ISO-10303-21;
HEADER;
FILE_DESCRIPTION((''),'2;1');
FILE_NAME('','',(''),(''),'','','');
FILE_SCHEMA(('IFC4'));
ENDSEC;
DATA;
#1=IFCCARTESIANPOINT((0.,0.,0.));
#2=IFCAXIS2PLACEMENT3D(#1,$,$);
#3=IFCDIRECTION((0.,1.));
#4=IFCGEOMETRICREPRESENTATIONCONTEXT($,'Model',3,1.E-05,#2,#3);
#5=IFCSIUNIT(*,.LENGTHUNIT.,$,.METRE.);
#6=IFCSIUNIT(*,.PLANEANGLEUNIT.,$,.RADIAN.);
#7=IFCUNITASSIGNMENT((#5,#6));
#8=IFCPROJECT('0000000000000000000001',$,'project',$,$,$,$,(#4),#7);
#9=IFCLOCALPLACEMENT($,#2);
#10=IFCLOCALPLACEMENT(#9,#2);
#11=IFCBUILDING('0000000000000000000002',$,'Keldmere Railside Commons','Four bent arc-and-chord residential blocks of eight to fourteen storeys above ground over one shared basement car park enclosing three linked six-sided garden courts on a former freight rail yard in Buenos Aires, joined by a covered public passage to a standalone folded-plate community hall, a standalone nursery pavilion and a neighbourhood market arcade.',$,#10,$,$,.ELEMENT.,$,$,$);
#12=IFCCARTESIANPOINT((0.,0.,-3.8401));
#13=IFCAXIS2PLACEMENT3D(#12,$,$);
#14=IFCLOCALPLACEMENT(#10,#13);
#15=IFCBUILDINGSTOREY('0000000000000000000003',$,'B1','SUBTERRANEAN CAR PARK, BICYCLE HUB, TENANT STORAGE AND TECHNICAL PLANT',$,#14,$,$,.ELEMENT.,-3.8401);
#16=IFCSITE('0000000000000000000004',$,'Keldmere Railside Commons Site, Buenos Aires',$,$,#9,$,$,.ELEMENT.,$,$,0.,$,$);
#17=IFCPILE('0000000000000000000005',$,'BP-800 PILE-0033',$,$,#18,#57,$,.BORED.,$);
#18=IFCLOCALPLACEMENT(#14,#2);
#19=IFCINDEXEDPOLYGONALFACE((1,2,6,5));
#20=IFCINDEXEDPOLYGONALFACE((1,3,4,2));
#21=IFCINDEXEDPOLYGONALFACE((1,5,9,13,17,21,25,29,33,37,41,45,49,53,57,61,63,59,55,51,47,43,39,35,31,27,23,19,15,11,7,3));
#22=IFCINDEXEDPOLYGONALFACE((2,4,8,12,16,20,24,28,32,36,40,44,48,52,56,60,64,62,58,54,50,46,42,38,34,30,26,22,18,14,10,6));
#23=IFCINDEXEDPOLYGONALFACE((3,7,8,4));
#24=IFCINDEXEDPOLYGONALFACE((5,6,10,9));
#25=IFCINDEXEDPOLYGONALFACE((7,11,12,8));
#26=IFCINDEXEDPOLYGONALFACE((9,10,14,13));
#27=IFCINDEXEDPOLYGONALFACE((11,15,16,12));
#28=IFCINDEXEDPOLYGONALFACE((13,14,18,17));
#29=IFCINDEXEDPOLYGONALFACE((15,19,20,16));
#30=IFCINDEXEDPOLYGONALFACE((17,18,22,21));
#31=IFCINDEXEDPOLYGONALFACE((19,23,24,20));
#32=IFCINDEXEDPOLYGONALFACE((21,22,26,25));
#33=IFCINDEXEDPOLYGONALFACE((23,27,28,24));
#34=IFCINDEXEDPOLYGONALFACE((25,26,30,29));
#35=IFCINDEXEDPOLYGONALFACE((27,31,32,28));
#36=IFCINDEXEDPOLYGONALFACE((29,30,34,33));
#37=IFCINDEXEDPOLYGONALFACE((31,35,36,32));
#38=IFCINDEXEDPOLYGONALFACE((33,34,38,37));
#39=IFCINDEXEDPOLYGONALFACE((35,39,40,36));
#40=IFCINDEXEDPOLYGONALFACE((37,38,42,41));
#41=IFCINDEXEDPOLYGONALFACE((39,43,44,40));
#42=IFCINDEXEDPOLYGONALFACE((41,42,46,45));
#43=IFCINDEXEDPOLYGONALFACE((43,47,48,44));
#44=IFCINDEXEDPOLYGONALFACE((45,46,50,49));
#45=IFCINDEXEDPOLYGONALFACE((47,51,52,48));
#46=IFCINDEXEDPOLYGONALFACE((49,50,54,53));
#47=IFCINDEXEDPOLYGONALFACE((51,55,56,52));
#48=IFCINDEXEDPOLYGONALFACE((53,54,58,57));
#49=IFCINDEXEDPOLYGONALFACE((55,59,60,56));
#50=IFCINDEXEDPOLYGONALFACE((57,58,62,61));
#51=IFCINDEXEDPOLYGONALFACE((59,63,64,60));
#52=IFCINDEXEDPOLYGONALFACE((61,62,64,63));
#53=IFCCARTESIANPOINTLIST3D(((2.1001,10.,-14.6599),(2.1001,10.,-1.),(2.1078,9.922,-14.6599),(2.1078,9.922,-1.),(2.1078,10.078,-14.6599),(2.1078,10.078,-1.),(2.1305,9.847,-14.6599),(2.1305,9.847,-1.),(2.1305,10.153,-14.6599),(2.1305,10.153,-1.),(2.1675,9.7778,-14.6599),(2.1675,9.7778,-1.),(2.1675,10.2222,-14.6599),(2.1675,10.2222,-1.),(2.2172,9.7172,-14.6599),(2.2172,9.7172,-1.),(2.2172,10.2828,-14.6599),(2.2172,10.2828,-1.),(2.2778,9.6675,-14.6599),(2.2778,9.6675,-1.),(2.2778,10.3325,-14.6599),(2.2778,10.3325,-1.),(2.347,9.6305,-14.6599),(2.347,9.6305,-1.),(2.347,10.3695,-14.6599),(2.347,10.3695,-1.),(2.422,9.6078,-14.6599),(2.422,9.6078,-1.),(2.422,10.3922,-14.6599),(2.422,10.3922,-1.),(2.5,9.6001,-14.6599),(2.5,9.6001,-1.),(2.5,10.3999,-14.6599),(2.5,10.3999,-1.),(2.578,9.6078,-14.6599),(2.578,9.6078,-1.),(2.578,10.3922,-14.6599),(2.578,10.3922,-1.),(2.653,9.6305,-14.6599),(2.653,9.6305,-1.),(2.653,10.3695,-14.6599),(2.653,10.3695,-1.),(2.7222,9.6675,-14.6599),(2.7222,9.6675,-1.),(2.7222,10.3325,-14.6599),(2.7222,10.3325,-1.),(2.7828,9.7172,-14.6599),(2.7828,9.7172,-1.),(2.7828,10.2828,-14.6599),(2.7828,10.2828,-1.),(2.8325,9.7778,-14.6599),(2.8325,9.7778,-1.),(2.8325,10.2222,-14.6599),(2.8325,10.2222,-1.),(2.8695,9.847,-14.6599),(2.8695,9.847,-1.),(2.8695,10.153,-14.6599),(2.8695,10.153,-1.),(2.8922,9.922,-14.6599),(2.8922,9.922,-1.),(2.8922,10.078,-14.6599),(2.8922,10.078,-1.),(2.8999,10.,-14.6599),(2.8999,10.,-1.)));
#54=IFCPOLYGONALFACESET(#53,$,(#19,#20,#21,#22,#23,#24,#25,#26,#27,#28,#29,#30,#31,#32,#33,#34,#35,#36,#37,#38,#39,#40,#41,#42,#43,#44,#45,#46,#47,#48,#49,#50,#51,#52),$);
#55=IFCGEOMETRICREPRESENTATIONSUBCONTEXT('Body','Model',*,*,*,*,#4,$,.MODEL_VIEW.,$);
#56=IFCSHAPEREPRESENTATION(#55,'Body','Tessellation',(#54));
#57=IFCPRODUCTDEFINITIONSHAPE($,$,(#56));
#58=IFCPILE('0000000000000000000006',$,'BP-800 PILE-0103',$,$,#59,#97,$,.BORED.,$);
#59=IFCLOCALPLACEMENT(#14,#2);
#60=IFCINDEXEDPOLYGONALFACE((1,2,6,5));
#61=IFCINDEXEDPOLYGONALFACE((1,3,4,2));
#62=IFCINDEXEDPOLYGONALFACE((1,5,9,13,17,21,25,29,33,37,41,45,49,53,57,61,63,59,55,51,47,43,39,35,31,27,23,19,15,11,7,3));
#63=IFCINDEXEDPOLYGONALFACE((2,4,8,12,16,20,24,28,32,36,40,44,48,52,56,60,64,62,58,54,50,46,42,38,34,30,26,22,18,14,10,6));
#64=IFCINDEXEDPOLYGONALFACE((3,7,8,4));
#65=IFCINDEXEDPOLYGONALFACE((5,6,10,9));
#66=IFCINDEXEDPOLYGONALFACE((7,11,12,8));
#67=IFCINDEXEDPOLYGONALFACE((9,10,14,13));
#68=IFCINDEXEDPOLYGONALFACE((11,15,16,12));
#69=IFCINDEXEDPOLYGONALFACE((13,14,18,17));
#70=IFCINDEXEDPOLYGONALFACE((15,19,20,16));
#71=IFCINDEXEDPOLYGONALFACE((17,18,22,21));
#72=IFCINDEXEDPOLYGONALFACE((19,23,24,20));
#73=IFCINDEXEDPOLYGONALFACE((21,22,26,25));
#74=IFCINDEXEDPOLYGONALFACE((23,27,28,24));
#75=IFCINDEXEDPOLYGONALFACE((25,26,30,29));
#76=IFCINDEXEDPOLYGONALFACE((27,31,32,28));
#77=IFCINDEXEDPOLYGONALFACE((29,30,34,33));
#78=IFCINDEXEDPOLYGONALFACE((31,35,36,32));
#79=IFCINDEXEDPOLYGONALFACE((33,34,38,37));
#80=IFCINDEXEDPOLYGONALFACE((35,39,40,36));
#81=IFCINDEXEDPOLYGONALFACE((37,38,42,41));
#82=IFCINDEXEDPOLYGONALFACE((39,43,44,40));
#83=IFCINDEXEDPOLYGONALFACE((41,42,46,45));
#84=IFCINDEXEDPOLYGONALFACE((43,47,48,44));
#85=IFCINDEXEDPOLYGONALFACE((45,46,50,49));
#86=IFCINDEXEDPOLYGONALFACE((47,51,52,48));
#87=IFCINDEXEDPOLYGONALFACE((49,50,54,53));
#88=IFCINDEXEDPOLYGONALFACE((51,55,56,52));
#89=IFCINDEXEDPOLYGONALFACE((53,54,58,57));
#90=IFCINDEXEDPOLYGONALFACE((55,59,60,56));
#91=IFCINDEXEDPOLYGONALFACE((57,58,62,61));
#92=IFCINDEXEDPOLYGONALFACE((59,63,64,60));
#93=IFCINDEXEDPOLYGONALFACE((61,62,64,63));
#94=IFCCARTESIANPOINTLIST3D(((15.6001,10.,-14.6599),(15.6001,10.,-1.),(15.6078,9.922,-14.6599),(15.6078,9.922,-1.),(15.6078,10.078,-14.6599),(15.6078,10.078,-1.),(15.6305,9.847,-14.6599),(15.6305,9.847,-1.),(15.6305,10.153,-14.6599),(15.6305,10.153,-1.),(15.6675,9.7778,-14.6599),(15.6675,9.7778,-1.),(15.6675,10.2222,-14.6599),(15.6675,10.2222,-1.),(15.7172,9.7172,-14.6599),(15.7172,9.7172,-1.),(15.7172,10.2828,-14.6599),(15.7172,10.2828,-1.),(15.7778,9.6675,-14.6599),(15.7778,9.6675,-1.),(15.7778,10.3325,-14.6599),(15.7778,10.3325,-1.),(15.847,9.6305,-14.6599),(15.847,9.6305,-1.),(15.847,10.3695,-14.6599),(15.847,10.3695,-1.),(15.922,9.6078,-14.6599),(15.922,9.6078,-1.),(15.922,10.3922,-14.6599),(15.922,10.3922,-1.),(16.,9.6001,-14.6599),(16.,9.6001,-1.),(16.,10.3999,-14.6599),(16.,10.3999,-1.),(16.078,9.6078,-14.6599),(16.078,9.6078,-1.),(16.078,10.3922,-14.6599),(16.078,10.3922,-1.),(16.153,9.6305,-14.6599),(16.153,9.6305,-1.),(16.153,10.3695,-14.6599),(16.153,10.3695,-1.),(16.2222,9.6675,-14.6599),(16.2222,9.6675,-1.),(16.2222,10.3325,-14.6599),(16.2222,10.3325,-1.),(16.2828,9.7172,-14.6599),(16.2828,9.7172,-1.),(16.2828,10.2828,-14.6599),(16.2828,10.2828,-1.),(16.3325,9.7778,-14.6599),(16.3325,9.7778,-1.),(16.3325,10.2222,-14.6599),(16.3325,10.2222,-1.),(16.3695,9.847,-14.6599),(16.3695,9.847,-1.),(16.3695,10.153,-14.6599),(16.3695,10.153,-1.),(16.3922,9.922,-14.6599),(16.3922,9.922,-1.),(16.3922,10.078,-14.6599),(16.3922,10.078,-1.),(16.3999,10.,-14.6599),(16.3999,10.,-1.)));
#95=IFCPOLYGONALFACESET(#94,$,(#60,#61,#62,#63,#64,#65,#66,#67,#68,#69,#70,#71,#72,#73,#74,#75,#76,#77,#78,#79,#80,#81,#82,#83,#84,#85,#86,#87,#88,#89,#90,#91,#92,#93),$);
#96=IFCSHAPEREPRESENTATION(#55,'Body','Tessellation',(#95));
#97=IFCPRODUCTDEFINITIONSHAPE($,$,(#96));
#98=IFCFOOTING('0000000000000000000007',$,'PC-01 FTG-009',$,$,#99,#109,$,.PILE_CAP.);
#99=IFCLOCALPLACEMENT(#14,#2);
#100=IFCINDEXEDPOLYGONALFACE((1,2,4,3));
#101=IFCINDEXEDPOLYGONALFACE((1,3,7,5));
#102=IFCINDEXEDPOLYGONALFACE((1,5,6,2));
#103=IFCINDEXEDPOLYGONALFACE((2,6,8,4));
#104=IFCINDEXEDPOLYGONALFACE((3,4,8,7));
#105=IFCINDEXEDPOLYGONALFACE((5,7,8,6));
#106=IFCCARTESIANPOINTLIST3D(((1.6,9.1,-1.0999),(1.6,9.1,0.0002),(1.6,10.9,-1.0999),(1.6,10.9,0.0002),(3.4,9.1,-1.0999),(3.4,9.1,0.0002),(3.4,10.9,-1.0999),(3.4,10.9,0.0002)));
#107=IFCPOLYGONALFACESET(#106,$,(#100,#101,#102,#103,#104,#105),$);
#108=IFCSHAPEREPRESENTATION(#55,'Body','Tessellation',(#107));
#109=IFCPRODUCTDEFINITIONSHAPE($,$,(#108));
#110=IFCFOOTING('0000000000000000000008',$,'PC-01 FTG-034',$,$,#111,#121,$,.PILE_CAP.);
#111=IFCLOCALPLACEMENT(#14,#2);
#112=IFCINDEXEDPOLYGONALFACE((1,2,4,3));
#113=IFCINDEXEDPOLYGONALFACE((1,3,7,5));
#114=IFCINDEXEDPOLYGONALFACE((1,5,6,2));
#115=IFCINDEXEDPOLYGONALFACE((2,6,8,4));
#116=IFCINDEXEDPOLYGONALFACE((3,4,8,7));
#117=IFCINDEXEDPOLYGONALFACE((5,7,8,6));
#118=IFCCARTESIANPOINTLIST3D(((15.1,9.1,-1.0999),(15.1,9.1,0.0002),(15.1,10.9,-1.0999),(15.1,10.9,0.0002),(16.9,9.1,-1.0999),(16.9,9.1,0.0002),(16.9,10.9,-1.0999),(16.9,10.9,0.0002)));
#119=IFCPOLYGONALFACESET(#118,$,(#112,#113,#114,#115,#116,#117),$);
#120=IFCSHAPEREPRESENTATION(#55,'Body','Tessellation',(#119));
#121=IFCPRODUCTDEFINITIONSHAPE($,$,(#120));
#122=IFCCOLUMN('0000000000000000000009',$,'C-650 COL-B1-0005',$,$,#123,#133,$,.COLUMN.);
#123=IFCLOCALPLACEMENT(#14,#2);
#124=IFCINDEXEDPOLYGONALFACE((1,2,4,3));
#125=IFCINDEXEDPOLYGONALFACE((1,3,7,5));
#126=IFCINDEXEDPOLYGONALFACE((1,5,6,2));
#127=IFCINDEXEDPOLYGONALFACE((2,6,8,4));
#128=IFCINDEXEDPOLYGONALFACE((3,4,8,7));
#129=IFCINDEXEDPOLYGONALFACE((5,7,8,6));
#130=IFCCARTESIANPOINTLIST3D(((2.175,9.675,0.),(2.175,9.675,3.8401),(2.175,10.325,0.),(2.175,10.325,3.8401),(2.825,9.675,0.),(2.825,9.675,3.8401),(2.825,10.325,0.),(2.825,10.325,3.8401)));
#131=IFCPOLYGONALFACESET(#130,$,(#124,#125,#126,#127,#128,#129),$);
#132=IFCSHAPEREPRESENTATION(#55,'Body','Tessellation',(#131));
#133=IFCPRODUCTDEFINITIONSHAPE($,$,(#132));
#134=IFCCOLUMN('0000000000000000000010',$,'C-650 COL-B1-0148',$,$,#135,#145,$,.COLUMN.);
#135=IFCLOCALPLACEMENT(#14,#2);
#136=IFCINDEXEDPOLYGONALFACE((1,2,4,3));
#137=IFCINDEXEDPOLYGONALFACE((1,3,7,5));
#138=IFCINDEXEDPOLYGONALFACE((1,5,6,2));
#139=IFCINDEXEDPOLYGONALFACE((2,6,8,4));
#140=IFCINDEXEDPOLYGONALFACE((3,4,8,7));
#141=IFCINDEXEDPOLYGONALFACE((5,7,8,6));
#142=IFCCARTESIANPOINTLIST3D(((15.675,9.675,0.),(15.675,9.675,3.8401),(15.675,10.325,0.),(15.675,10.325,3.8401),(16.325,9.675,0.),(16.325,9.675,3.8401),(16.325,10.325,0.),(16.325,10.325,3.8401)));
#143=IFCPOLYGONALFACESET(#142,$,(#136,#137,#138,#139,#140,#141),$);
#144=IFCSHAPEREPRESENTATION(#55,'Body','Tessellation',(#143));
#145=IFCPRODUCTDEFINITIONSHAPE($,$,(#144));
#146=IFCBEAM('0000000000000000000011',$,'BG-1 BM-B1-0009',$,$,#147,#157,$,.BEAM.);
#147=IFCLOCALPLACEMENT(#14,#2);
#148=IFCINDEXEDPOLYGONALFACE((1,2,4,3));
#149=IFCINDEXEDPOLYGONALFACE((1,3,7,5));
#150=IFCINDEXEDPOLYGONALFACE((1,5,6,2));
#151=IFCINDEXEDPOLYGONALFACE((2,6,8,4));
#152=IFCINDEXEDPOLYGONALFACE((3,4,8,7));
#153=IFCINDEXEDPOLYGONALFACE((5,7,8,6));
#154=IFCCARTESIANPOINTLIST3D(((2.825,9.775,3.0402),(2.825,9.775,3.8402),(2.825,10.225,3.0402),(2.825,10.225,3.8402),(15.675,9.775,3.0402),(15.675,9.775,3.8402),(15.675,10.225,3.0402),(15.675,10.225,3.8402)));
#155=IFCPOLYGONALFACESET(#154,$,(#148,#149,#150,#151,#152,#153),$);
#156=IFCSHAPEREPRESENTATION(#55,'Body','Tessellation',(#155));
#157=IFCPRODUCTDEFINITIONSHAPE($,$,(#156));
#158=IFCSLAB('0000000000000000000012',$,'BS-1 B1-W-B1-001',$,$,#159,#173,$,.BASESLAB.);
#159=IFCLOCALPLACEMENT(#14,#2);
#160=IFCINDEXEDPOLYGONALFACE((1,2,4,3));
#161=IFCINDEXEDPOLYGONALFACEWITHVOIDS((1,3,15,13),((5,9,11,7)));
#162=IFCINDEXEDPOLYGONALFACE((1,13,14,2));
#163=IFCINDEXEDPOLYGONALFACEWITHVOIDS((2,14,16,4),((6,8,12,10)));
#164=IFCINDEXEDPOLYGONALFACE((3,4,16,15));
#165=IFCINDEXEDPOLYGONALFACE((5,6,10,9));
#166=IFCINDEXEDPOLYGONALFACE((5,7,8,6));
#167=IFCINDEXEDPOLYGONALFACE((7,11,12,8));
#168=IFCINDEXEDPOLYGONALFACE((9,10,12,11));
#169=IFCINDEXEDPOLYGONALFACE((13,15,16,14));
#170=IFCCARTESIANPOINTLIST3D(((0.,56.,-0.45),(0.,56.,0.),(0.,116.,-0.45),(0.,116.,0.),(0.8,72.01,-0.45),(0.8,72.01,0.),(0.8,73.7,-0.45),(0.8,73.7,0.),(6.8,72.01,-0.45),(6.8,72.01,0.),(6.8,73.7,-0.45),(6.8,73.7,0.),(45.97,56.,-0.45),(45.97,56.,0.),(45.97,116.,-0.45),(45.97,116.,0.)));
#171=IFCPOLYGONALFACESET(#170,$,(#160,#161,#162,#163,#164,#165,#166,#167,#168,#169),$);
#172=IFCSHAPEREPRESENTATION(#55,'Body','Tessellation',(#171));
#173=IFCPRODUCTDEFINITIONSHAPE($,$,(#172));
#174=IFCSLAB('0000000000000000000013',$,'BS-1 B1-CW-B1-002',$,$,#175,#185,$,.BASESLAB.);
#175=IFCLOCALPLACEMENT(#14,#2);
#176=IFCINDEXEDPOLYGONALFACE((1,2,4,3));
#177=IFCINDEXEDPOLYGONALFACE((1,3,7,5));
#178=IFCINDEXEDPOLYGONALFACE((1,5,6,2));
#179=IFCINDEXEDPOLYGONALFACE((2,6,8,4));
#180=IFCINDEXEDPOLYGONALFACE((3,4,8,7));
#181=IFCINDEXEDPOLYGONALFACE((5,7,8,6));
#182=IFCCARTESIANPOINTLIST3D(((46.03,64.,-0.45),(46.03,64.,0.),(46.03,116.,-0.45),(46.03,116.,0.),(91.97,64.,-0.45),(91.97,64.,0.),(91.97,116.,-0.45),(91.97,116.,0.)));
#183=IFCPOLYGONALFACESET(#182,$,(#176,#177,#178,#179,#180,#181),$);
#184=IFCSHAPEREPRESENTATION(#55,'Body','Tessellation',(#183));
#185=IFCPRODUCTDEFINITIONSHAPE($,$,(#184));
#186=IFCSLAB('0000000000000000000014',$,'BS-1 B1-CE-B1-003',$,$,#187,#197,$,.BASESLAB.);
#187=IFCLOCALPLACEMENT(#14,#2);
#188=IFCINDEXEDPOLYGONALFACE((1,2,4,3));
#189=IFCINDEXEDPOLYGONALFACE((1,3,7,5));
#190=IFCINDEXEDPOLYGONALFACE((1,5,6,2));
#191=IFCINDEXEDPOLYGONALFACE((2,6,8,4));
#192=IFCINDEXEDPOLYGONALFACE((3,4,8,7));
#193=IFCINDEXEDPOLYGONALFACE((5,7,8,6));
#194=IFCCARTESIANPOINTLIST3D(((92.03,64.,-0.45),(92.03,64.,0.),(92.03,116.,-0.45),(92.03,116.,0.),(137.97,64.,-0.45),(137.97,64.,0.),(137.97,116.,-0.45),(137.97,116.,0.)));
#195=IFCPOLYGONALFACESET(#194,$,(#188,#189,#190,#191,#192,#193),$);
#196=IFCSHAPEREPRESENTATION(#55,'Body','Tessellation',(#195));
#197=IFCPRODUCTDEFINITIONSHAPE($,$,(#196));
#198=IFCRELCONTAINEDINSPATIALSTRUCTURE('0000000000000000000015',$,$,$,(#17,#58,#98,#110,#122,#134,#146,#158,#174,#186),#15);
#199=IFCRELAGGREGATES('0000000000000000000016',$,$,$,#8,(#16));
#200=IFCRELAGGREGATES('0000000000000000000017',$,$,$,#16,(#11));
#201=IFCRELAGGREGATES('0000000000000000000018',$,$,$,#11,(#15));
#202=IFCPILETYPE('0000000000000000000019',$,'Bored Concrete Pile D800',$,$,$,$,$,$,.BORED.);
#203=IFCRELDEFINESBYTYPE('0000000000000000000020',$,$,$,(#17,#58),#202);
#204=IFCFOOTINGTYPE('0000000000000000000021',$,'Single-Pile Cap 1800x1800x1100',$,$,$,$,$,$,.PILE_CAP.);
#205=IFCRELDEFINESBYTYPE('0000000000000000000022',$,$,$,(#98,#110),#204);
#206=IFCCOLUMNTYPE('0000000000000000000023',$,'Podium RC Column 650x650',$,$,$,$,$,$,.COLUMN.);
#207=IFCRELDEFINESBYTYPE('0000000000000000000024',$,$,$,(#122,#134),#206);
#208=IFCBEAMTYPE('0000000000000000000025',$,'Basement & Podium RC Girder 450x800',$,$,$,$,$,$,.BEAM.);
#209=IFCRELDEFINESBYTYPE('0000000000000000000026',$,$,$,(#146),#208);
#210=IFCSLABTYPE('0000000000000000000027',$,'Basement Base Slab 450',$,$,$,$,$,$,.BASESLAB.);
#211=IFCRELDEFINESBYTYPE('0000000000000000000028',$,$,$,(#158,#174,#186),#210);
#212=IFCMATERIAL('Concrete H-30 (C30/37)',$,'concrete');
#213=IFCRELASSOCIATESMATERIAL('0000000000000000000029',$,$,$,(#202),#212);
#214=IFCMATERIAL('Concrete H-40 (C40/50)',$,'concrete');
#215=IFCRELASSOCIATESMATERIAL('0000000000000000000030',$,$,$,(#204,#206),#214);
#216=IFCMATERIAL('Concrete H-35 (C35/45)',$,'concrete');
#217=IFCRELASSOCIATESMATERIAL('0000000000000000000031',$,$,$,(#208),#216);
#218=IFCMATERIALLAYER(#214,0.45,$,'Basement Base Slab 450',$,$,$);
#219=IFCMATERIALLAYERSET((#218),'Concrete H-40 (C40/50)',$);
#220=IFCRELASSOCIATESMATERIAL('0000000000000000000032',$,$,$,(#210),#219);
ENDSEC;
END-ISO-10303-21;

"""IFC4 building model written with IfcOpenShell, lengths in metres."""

from ifc_helpers import new_model, si_unit, direction, frame, origin, origin_2d, place, context, subcontext, project, spatial, polyline, rectangle, circle, outline, extrude, material, layer, layer_set, material_profile, profile_set, type_object, element, save


model = new_model("IFC4")

# Units and contexts
model_context = context("Model", 3, precision=1e-05, world=origin(), true_north=direction((0.0, 1.0)))
body_context = subcontext(model_context, "Body", "Model", "MODEL_VIEW")
ifc_project = project(units=[si_unit("LENGTHUNIT", "METRE"), si_unit("PLANEANGLEUNIT", "RADIAN")], contexts=[model_context])

# Site, building, storey
site_placement = place(None, origin())
site = spatial("IfcSite", under=ifc_project, at=site_placement, Name="Keldmere Railside Commons Site, Buenos Aires", CompositionType="ELEMENT", RefElevation=0.0)
building_placement = place(site_placement, origin())
building = spatial("IfcBuilding", under=site, at=building_placement, Name="Keldmere Railside Commons", Description="Four bent arc-and-chord residential blocks of eight to fourteen storeys above ground over one shared basement car park enclosing three linked six-sided garden courts on a former freight rail yard in Buenos Aires, joined by a covered public passage to a standalone folded-plate community hall, a standalone nursery pavilion and a neighbourhood market arcade.", CompositionType="ELEMENT")
storey_placement = place(building_placement, frame((0.0, 0.0, -3.8401)))
storey = spatial("IfcBuildingStorey", under=building, at=storey_placement, Name="B1", Description="SUBTERRANEAN CAR PARK, BICYCLE HUB, TENANT STORAGE AND TECHNICAL PLANT", CompositionType="ELEMENT", Elevation=-3.8401)

# Piles
ifc_material_1 = material(Name="Concrete H-30 (C30/37)", Category="concrete")
ifc_material_profile_1 = material_profile(ifc_material_1, circle(Radius=0.3999, at=origin_2d()), Name="PILE-D800")
ifc_profile_set_1 = profile_set([ifc_material_profile_1], Name="Concrete H-30 (C30/37)")
pile_type = type_object("IfcPileType", Name="Bored Concrete Pile D800", PredefinedType="BORED", material=ifc_profile_set_1)
for number, where, z_axis, x_axis, name in (
    (1, (2.5, 10.0, -1.0), (0.0, 0.0, -1.0), (1.0, 0.0, 0.0), "BP-800 PILE-0033"),
    (2, (16.0, 10.0, -1.0), (0.0, 0.0, -1.0), (1.0, 0.0, 0.0), "BP-800 PILE-0103"),
):
    element("IfcPile", number, at=place(storey_placement, frame(where, z_axis=z_axis, x_axis=x_axis)), inside=storey, type_object=pile_type, Name=name, PredefinedType="BORED", context=body_context, shape_type="SweptSolid", body=[
        extrude(circle(Radius=0.3999, at=origin_2d()), origin(), (0.0, 0.0, 1.0), 13.6599),
    ])

# Footings
ifc_material_2 = material(Name="Concrete H-40 (C40/50)", Category="concrete")
footing_type = type_object("IfcFootingType", Name="Single-Pile Cap 1800x1800x1100", PredefinedType="PILE_CAP", material=ifc_material_2)
for number, where, z_axis, x_axis, name in (
    (3, (2.5, 10.0, -1.0999), (0.0, 0.0, 1.0), (1.0, 0.0, 0.0), "PC-01 FTG-009"),
    (4, (16.0, 10.0, -1.0999), (0.0, 0.0, 1.0), (1.0, 0.0, 0.0), "PC-01 FTG-034"),
):
    element("IfcFooting", number, at=place(storey_placement, frame(where, z_axis=z_axis, x_axis=x_axis)), inside=storey, type_object=footing_type, Name=name, PredefinedType="PILE_CAP", context=body_context, shape_type="SweptSolid", body=[
        extrude(rectangle(XDim=1.8, YDim=1.8, at=origin_2d()), origin(), (0.0, 0.0, 1.0), 1.1001),
    ])

# Columns
ifc_material_profile_2 = material_profile(ifc_material_2, rectangle(XDim=0.6499, YDim=0.6499, at=origin_2d()), Name="RC-650x650")
ifc_profile_set_2 = profile_set([ifc_material_profile_2], Name="Concrete H-40 (C40/50)")
column_type = type_object("IfcColumnType", Name="Podium RC Column 650x650", PredefinedType="COLUMN", material=ifc_profile_set_2)
for number, where, z_axis, x_axis, name in (
    (5, (2.5, 10.0, 0.0), (0.0, 0.0, 1.0), (1.0, 0.0, 0.0), "C-650 COL-B1-0005"),
    (6, (16.0, 10.0, 0.0), (0.0, 0.0, 1.0), (1.0, 0.0, 0.0), "C-650 COL-B1-0148"),
):
    element("IfcColumn", number, at=place(storey_placement, frame(where, z_axis=z_axis, x_axis=x_axis)), inside=storey, type_object=column_type, Name=name, PredefinedType="COLUMN", context=body_context, shape_type="SweptSolid", body=[
        extrude(rectangle(XDim=0.6499, YDim=0.6499, at=origin_2d()), origin(), (0.0, 0.0, 1.0), 3.8401),
    ])

# Beam
ifc_material_3 = material(Name="Concrete H-35 (C35/45)", Category="concrete")
ifc_material_profile_3 = material_profile(ifc_material_3, rectangle(XDim=0.45, YDim=0.8, at=origin_2d()), Name="RC-450x800")
ifc_profile_set_3 = profile_set([ifc_material_profile_3], Name="Concrete H-35 (C35/45)")
beam_type = type_object("IfcBeamType", Name="Basement & Podium RC Girder 450x800", PredefinedType="BEAM", material=ifc_profile_set_3)
beam_placement = place(storey_placement, frame((2.825, 10.0, 3.4402), z_axis=(1.0, 0.0, 0.0), x_axis=(0.0, 1.0, 0.0)))
element("IfcBeam", 7, at=beam_placement, inside=storey, type_object=beam_type, Name="BG-1 BM-B1-0009", PredefinedType="BEAM", context=body_context, shape_type="SweptSolid", body=[
    extrude(rectangle(XDim=0.45, YDim=0.8, at=origin_2d()), origin(), (0.0, 0.0, 1.0), 12.8501),
])

# Slabs
ifc_layer_1 = layer(ifc_material_2, 0.45, Name="Basement Base Slab 450")
ifc_layer_set_1 = layer_set([ifc_layer_1], Name="Concrete H-40 (C40/50)")
slab_type_1 = type_object("IfcSlabType", Name="Basement Base Slab 450", PredefinedType="BASESLAB", material=ifc_layer_set_1)
slab_1_placement = place(storey_placement, frame((0.0, 0.0, -0.45)))
element("IfcSlab", 8, at=slab_1_placement, inside=storey, type_object=slab_type_1, Name="BS-1 B1-W-B1-001", PredefinedType="BASESLAB", context=body_context, shape_type="SweptSolid", body=[
    extrude(outline(polyline([(45.97, 56.0), (45.97, 116.0), (0.0, 116.0), (0.0, 56.0), (45.97, 56.0)]), holes=[polyline([(0.8, 73.7), (6.8, 73.7), (6.8, 72.01), (0.8, 72.01), (0.8, 73.7)])]), origin(), (0.0, 0.0, 1.0), 0.45),
])
slab_2_placement = place(storey_placement, frame((0.0, 0.0, -0.45)))
element("IfcSlab", 9, at=slab_2_placement, inside=storey, type_object=slab_type_1, Name="BS-1 B1-CW-B1-002", PredefinedType="BASESLAB", context=body_context, shape_type="SweptSolid", body=[
    extrude(outline(polyline([(46.03, 116.0), (46.03, 64.0), (91.97, 64.0), (91.97, 116.0), (46.03, 116.0)])), origin(), (0.0, 0.0, 1.0), 0.45),
])
slab_3_placement = place(storey_placement, frame((0.0, 0.0, -0.45)))
element("IfcSlab", 10, at=slab_3_placement, inside=storey, type_object=slab_type_1, Name="BS-1 B1-CE-B1-003", PredefinedType="BASESLAB", context=body_context, shape_type="SweptSolid", body=[
    extrude(outline(polyline([(92.03, 116.0), (92.03, 64.0), (137.97, 64.0), (137.97, 116.0), (92.03, 116.0)])), origin(), (0.0, 0.0, 1.0), 0.45),
])

save(model, "model.ifc")
